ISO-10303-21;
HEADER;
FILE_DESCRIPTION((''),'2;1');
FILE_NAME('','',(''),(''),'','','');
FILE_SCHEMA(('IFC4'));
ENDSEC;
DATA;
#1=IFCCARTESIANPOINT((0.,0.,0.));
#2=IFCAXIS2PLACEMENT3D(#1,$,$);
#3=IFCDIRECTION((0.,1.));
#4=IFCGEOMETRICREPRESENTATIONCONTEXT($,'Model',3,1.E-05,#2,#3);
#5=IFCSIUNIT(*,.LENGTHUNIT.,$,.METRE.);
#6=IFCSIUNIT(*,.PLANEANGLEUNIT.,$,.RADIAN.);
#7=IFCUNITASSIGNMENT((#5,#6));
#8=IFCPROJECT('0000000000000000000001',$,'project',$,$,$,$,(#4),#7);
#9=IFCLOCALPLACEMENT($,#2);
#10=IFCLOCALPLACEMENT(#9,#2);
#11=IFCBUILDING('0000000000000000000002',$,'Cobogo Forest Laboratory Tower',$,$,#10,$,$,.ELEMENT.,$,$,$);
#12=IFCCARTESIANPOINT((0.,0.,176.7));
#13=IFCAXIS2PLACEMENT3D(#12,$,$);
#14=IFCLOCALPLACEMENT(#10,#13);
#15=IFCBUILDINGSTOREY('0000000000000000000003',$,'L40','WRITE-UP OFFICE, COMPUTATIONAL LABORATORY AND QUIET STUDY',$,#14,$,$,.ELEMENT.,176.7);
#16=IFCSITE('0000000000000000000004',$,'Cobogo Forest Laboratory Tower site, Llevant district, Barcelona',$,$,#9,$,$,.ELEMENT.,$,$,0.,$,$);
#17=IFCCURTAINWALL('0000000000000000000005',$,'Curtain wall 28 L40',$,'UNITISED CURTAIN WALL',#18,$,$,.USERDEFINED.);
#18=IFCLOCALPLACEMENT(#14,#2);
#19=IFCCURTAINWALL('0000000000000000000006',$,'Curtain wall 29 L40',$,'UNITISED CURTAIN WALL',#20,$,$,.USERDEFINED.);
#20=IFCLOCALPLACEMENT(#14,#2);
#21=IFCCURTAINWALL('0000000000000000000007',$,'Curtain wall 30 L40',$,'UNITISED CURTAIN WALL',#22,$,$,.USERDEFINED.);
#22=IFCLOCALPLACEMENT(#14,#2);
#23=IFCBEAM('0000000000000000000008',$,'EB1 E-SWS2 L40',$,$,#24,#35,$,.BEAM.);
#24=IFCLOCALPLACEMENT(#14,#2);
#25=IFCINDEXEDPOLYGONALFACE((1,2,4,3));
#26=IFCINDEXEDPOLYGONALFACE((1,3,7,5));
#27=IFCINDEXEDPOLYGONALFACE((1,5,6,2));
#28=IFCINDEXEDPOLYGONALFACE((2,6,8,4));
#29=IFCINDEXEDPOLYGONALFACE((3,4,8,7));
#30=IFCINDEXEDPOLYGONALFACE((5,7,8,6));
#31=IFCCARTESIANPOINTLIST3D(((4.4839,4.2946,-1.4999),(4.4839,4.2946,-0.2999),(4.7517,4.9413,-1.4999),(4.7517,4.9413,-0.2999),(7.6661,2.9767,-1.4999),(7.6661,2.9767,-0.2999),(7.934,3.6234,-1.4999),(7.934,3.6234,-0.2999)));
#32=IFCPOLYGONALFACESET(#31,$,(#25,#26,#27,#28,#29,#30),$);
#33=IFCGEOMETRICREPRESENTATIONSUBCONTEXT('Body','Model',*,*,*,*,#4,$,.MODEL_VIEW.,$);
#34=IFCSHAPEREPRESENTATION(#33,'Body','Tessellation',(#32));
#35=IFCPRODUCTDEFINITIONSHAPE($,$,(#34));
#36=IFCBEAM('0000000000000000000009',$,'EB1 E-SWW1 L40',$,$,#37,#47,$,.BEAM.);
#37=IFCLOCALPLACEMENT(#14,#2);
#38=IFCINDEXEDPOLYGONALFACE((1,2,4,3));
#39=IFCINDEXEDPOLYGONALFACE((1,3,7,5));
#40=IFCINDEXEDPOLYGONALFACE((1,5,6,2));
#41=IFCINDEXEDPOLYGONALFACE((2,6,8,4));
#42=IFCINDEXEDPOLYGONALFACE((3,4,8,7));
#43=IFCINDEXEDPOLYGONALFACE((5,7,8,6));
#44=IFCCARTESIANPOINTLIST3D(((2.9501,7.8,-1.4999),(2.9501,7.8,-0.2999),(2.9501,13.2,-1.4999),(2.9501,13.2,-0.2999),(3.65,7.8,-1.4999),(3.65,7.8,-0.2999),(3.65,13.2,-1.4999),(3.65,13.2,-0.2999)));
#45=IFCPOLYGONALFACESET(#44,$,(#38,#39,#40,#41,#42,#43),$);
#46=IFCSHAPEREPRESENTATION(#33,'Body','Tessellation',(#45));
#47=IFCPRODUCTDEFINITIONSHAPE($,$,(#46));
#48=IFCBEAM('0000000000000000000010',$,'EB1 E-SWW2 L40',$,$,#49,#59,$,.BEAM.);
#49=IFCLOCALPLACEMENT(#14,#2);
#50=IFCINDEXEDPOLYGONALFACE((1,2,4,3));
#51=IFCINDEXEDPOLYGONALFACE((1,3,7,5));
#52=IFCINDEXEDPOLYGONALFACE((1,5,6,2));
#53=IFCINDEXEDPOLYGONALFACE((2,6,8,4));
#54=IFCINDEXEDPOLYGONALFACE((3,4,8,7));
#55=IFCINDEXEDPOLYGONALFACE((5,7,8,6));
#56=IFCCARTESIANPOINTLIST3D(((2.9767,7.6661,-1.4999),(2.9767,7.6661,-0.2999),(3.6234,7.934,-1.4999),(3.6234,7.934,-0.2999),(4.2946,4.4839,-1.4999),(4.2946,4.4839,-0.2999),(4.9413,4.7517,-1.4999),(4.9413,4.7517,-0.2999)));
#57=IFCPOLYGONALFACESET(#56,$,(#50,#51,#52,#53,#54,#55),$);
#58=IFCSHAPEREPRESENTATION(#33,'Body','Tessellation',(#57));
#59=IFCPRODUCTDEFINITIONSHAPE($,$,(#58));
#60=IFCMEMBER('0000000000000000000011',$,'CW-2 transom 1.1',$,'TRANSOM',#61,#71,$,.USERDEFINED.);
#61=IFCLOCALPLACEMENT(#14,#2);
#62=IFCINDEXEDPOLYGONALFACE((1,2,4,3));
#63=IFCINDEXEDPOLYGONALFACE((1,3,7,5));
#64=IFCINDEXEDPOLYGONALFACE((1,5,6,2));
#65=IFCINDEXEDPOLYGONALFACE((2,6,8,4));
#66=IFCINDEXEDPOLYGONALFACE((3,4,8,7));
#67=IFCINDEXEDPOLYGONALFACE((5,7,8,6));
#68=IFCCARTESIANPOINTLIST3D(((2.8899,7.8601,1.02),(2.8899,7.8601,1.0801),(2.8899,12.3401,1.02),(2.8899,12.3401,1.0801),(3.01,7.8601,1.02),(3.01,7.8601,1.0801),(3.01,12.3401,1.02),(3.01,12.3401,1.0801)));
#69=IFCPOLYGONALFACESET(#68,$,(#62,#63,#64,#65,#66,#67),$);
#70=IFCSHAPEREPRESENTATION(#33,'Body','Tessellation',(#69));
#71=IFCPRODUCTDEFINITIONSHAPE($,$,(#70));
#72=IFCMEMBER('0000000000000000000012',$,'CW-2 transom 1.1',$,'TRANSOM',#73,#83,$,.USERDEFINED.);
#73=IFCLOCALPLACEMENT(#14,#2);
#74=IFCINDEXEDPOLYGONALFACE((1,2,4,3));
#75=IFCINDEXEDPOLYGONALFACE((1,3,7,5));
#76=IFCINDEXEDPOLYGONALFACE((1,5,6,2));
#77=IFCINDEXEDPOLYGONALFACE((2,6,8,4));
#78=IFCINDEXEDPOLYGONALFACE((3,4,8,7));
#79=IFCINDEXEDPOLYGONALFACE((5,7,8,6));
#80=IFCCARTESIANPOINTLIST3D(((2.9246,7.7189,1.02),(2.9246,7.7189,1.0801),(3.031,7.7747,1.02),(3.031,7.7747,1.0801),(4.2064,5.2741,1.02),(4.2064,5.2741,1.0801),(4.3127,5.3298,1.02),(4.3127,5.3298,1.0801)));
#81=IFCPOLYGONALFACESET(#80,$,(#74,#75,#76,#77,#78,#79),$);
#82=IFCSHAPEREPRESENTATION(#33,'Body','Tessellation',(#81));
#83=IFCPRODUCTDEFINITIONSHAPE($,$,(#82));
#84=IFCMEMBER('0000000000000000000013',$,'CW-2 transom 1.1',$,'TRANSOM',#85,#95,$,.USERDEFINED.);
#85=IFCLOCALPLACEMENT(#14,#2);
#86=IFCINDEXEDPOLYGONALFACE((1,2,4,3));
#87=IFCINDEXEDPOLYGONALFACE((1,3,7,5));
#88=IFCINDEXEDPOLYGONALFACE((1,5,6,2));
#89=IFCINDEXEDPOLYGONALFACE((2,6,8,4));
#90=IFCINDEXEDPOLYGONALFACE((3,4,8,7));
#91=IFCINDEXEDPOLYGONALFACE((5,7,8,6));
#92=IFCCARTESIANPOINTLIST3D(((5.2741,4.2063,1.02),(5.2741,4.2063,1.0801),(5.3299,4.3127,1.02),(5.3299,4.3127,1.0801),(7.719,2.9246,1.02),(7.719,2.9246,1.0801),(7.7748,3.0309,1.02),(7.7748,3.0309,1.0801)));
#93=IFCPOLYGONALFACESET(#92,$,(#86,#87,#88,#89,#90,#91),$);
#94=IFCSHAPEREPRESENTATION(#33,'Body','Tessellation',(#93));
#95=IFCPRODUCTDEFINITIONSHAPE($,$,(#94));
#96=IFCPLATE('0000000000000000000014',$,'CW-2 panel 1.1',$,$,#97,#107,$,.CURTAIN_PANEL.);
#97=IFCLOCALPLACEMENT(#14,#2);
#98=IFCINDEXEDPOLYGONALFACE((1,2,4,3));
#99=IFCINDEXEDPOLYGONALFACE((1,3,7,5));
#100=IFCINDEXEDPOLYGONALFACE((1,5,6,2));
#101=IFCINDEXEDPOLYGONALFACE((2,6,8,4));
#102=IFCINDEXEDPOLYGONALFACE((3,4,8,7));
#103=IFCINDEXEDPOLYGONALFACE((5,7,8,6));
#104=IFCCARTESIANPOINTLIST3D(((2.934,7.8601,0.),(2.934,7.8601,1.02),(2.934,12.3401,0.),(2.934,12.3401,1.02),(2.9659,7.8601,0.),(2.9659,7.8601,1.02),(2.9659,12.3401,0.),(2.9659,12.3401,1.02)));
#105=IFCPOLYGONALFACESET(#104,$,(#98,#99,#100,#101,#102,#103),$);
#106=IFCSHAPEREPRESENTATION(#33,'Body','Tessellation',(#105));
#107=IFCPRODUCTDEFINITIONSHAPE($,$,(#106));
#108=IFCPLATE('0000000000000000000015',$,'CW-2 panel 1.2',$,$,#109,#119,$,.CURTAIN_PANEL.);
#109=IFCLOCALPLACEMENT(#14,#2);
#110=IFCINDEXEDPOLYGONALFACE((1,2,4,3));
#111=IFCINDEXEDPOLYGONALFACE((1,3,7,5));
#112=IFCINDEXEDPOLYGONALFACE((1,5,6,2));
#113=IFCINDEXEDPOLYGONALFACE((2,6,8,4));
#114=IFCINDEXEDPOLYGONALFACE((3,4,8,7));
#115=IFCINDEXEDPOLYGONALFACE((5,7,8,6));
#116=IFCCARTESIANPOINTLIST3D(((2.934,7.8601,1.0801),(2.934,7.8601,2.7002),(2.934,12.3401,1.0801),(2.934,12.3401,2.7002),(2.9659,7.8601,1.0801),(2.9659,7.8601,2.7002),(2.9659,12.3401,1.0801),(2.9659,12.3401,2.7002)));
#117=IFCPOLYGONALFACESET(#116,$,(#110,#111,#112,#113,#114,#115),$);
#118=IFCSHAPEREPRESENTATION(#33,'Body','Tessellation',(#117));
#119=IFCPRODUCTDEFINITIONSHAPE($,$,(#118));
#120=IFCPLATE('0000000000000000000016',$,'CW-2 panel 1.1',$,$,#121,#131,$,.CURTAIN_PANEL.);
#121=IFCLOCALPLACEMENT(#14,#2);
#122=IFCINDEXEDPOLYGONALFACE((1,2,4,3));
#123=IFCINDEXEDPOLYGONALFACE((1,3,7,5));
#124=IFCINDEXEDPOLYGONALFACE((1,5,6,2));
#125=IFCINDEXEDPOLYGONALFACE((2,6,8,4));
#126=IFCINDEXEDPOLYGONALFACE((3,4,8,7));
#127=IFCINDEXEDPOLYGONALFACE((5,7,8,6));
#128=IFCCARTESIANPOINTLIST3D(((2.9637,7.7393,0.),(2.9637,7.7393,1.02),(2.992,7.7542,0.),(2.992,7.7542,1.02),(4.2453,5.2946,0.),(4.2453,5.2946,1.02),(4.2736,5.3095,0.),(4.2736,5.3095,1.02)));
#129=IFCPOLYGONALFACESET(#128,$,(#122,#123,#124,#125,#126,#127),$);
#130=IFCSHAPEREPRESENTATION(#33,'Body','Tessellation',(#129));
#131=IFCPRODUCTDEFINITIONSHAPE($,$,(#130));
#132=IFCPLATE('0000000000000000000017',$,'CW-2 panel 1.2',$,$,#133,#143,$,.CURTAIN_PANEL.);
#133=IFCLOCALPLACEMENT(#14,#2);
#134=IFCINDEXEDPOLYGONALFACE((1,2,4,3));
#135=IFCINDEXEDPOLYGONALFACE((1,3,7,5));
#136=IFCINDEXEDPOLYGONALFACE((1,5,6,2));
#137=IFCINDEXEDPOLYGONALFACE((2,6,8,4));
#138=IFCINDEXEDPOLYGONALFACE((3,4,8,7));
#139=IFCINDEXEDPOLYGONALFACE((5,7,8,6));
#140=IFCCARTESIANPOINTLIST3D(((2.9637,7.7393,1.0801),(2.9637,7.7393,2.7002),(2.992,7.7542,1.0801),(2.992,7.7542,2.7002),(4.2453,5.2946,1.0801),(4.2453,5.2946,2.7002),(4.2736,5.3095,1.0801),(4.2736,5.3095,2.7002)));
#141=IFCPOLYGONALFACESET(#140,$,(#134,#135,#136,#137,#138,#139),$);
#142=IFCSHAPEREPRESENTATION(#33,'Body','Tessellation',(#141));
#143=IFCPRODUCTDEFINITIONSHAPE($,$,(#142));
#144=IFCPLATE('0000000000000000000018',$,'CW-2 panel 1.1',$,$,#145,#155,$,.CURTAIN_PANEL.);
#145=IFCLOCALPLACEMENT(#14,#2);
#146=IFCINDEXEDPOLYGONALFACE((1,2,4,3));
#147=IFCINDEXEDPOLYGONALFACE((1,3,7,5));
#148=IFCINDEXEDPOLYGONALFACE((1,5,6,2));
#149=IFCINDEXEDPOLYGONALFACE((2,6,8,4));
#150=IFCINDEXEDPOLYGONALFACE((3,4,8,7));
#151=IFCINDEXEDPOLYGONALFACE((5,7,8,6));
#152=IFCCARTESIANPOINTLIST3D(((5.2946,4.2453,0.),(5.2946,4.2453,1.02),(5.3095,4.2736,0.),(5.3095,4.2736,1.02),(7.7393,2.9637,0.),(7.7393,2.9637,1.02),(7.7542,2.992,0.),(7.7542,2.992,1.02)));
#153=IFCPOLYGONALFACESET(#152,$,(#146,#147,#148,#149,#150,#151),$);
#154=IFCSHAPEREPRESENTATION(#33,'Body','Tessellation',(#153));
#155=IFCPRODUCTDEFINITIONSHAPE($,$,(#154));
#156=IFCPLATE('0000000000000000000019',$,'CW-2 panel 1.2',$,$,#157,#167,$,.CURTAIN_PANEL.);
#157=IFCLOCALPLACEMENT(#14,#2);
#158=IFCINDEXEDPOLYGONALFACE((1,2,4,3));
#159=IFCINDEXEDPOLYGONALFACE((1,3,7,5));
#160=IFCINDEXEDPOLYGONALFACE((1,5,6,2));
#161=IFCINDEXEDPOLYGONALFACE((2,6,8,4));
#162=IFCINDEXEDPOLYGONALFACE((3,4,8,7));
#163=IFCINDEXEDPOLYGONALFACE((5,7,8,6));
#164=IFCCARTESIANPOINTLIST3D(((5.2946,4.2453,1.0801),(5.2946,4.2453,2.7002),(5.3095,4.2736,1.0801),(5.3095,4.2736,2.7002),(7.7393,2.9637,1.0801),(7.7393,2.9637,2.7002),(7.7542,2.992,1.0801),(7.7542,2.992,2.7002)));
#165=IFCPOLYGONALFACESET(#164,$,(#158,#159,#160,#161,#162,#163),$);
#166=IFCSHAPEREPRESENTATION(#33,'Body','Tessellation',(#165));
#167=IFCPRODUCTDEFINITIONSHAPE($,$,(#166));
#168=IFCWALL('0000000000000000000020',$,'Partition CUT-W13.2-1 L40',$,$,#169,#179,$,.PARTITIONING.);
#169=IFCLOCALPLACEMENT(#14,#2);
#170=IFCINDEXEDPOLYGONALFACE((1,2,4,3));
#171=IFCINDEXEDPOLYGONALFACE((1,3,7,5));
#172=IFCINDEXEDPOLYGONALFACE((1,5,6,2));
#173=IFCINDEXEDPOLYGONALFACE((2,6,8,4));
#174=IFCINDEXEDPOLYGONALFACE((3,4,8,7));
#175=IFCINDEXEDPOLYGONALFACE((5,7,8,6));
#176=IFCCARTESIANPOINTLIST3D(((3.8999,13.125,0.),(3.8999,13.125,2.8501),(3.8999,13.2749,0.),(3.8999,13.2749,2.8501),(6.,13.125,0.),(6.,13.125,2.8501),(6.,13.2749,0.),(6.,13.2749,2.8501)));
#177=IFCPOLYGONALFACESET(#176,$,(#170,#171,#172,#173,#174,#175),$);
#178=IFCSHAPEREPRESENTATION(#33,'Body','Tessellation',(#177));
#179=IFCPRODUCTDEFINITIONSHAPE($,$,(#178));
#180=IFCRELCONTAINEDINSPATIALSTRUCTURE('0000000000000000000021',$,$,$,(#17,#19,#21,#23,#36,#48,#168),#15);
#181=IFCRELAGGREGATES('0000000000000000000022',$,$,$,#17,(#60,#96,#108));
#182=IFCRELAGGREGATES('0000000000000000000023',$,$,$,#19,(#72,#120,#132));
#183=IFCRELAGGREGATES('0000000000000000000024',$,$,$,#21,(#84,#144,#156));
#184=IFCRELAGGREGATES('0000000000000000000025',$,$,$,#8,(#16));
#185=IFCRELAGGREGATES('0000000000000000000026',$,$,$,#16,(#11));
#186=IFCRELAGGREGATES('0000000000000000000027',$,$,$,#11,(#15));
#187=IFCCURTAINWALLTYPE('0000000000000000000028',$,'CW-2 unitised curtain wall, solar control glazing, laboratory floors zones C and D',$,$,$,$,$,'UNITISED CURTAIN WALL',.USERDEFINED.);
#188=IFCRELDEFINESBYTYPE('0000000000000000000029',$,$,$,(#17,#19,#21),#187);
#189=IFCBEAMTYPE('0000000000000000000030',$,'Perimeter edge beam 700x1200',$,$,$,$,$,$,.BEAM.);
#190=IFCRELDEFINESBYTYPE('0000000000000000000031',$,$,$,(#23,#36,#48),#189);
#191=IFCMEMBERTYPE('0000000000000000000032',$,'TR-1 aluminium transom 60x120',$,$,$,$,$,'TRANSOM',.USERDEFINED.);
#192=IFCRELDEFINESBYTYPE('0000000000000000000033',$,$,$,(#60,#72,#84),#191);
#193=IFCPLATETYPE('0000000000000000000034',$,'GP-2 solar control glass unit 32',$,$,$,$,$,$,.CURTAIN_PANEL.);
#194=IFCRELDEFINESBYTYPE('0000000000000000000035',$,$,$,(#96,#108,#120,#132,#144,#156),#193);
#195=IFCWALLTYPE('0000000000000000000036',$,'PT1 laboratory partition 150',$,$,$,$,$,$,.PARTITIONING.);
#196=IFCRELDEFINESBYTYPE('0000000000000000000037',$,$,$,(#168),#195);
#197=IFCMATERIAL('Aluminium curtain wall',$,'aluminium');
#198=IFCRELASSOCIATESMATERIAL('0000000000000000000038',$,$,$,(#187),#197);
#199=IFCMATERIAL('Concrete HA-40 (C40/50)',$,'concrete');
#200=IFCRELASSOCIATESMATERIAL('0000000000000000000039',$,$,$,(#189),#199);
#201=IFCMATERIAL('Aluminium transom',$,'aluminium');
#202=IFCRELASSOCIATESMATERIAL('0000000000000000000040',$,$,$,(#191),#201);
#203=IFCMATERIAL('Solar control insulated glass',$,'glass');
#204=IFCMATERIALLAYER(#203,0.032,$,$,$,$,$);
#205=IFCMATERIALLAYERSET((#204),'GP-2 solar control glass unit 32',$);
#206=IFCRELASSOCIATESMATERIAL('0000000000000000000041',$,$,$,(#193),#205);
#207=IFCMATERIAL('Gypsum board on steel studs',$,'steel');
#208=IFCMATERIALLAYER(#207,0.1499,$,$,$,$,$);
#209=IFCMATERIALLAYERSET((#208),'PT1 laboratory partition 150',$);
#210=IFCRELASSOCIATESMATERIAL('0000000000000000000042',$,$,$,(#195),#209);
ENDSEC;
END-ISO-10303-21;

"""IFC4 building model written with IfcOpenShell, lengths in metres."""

from ifc_helpers import new_model, si_unit, direction, frame, frame_2d, origin, origin_2d, place, context, subcontext, project, spatial, rectangle, extrude, material, layer, layer_set, material_profile, profile_set, type_object, element, aggregate, save


model = new_model("IFC4")

# Units and contexts
model_context = context("Model", 3, precision=1e-05, world=origin(), true_north=direction((0.0, 1.0)))
body_context = subcontext(model_context, "Body", "Model", "MODEL_VIEW")
ifc_project = project(units=[si_unit("LENGTHUNIT", "METRE"), si_unit("PLANEANGLEUNIT", "RADIAN")], contexts=[model_context])

# Site, building, storey
site_placement = place(None, origin())
site = spatial("IfcSite", under=ifc_project, at=site_placement, Name="Cobogo Forest Laboratory Tower site, Llevant district, Barcelona", CompositionType="ELEMENT", RefElevation=0.0)
building_placement = place(site_placement, origin())
building = spatial("IfcBuilding", under=site, at=building_placement, Name="Cobogo Forest Laboratory Tower", CompositionType="ELEMENT")
storey_placement = place(building_placement, frame((0.0, 0.0, 176.7)))
storey = spatial("IfcBuildingStorey", under=building, at=storey_placement, Name="L40", Description="WRITE-UP OFFICE, COMPUTATIONAL LABORATORY AND QUIET STUDY", CompositionType="ELEMENT", Elevation=176.7)

# Shared definitions
ifc_material_1 = material(Name="Concrete HA-40 (C40/50)", Category="concrete")

# Curtain wall
ifc_material_2 = material(Name="Aluminium curtain wall", Category="aluminium")
curtain_wall_type = type_object("IfcCurtainWallType", Name="CW-2 unitised curtain wall, solar control glazing, laboratory floors zones C and D", ElementType="UNITISED CURTAIN WALL", PredefinedType="USERDEFINED", material=ifc_material_2)
curtain_wall_1_placement = place(storey_placement, origin())
curtain_wall_1 = element("IfcCurtainWall", 1, at=curtain_wall_1_placement, inside=storey, type_object=curtain_wall_type, Name="Curtain wall 28 L40", ObjectType="UNITISED CURTAIN WALL", PredefinedType="USERDEFINED")

# Curtain walls
curtain_wall_2_placement = place(storey_placement, origin())
curtain_wall_2 = element("IfcCurtainWall", 2, at=curtain_wall_2_placement, inside=storey, type_object=curtain_wall_type, Name="Curtain wall 29 L40", ObjectType="UNITISED CURTAIN WALL", PredefinedType="USERDEFINED")
curtain_wall_3_placement = place(storey_placement, origin())
curtain_wall_3 = element("IfcCurtainWall", 3, at=curtain_wall_3_placement, inside=storey, type_object=curtain_wall_type, Name="Curtain wall 30 L40", ObjectType="UNITISED CURTAIN WALL", PredefinedType="USERDEFINED")

# Beams
ifc_material_profile_1 = material_profile(ifc_material_1, rectangle(XDim=0.7, YDim=1.2, at=origin_2d()), Name="RC 700x1200")
ifc_profile_set_1 = profile_set([ifc_material_profile_1], Name="Concrete HA-40 (C40/50)")
beam_type_1 = type_object("IfcBeamType", Name="Perimeter edge beam 700x1200", PredefinedType="BEAM", material=ifc_profile_set_1)
beam_1_placement = place(storey_placement, frame((7.8, 3.3, -0.8999), z_axis=(-0.923901, 0.382631, 0.0), x_axis=(-0.382631, -0.923901, 0.0)))
element("IfcBeam", 4, at=beam_1_placement, inside=storey, type_object=beam_type_1, Name="EB1 E-SWS2 L40", PredefinedType="BEAM", context=body_context, shape_type="SweptSolid", body=[
    extrude(rectangle(XDim=0.7, YDim=1.2, at=origin_2d()), origin(), (0.0, 0.0, 1.0), 3.4443),
])
beam_2_placement = place(storey_placement, frame((3.3, 13.2, -0.8999), z_axis=(0.0, -1.0, 0.0), x_axis=(1.0, 0.0, 0.0)))
element("IfcBeam", 5, at=beam_2_placement, inside=storey, type_object=beam_type_1, Name="EB1 E-SWW1 L40", PredefinedType="BEAM", context=body_context, shape_type="SweptSolid", body=[
    extrude(rectangle(XDim=0.7, YDim=1.2, at=origin_2d()), origin(), (0.0, 0.0, 1.0), 5.3999),
])
beam_3_placement = place(storey_placement, frame((3.3, 7.8, -0.8999), z_axis=(0.382631, -0.923901, 0.0), x_axis=(0.923901, 0.382631, 0.0)))
element("IfcBeam", 6, at=beam_3_placement, inside=storey, type_object=beam_type_1, Name="EB1 E-SWW2 L40", PredefinedType="BEAM", context=body_context, shape_type="SweptSolid", body=[
    extrude(rectangle(XDim=0.7, YDim=1.2, at=origin_2d()), origin(), (0.0, 0.0, 1.0), 3.4443),
])

# Members
ifc_material_3 = material(Name="Aluminium transom", Category="aluminium")
ifc_material_profile_2 = material_profile(ifc_material_3, rectangle(XDim=0.1201, YDim=0.0601, at=origin_2d()), Name="AL 60x120")
ifc_profile_set_2 = profile_set([ifc_material_profile_2], Name="Aluminium transom")
member_type_1 = type_object("IfcMemberType", Name="TR-1 aluminium transom 60x120", ElementType="TRANSOM", PredefinedType="USERDEFINED", material=ifc_profile_set_2)
member_1_placement = place(storey_placement, frame((2.95, 12.3401, 1.05), z_axis=(0.0, -1.0, 0.0), x_axis=(1.0, 0.0, 0.0)))
member_1 = element("IfcMember", 7, at=member_1_placement, type_object=member_type_1, Name="CW-2 transom 1.1", ObjectType="TRANSOM", PredefinedType="USERDEFINED", context=body_context, shape_type="SweptSolid", body=[
    extrude(rectangle(XDim=0.1201, YDim=0.0601, at=origin_2d()), origin(), (0.0, 0.0, 1.0), 4.48),
])
member_2_placement = place(storey_placement, frame((2.9778, 7.7468, 1.05), z_axis=(0.464324, -0.885665, 0.0), x_axis=(0.885665, 0.464324, 0.0)))
member_2 = element("IfcMember", 8, at=member_2_placement, type_object=member_type_1, Name="CW-2 transom 1.1", ObjectType="TRANSOM", PredefinedType="USERDEFINED", context=body_context, shape_type="SweptSolid", body=[
    extrude(rectangle(XDim=0.1201, YDim=0.0601, at=origin_2d()), origin(), (0.0, 0.0, 1.0), 2.7605),
])
member_3_placement = place(storey_placement, frame((5.302, 4.2595, 1.05), z_axis=(0.885665, -0.464324, 0.0), x_axis=(0.464324, 0.885665, 0.0)))
member_3 = element("IfcMember", 9, at=member_3_placement, type_object=member_type_1, Name="CW-2 transom 1.1", ObjectType="TRANSOM", PredefinedType="USERDEFINED", context=body_context, shape_type="SweptSolid", body=[
    extrude(rectangle(XDim=0.1201, YDim=0.0601, at=origin_2d()), origin(), (0.0, 0.0, 1.0), 2.7605),
])

# Plates
ifc_material_4 = material(Name="Solar control insulated glass", Category="glass")
ifc_layer_1 = layer(ifc_material_4, 0.032)
ifc_layer_set_1 = layer_set([ifc_layer_1], Name="GP-2 solar control glass unit 32")
plate_type = type_object("IfcPlateType", Name="GP-2 solar control glass unit 32", PredefinedType="CURTAIN_PANEL", material=ifc_layer_set_1)
plate_1_placement = place(storey_placement, frame((2.95, 10.1001, 0.0), z_axis=(0.0, 0.0, 1.0), x_axis=(0.0, -1.0, 0.0)))
plate_1 = element("IfcPlate", 10, at=plate_1_placement, type_object=plate_type, Name="CW-2 panel 1.1", PredefinedType="CURTAIN_PANEL", context=body_context, shape_type="SweptSolid", body=[
    extrude(rectangle(XDim=4.48, YDim=0.032, at=origin_2d()), origin(), (0.0, 0.0, 1.0), 1.02),
])
plate_2_placement = place(storey_placement, frame((2.95, 10.1001, 1.0801), z_axis=(0.0, 0.0, 1.0), x_axis=(0.0, -1.0, 0.0)))
plate_2 = element("IfcPlate", 11, at=plate_2_placement, type_object=plate_type, Name="CW-2 panel 1.2", PredefinedType="CURTAIN_PANEL", context=body_context, shape_type="SweptSolid", body=[
    extrude(rectangle(XDim=4.48, YDim=0.032, at=origin_2d()), origin(), (0.0, 0.0, 1.0), 1.6201),
])
aggregate(curtain_wall_1, [member_1, plate_1, plate_2])
plate_3_placement = place(storey_placement, frame((3.6187, 6.5244, 0.0), z_axis=(0.0, 0.0, 1.0), x_axis=(0.464284, -0.885686, 0.0)))
plate_3 = element("IfcPlate", 12, at=plate_3_placement, type_object=plate_type, Name="CW-2 panel 1.1", PredefinedType="CURTAIN_PANEL", context=body_context, shape_type="SweptSolid", body=[
    extrude(rectangle(XDim=2.7603, YDim=0.032, at=origin_2d()), origin(), (0.0, 0.0, 1.0), 1.02),
])
plate_4_placement = place(storey_placement, frame((3.6187, 6.5244, 1.0801), z_axis=(0.0, 0.0, 1.0), x_axis=(0.464284, -0.885686, 0.0)))
plate_4 = element("IfcPlate", 13, at=plate_4_placement, type_object=plate_type, Name="CW-2 panel 1.2", PredefinedType="CURTAIN_PANEL", context=body_context, shape_type="SweptSolid", body=[
    extrude(rectangle(XDim=2.7603, YDim=0.032, at=origin_2d()), origin(), (0.0, 0.0, 1.0), 1.6201),
])
aggregate(curtain_wall_2, [member_2, plate_3, plate_4])
plate_5_placement = place(storey_placement, frame((6.5244, 3.6187, 0.0), z_axis=(0.0, 0.0, 1.0), x_axis=(0.885686, -0.464284, 0.0)))
plate_5 = element("IfcPlate", 14, at=plate_5_placement, type_object=plate_type, Name="CW-2 panel 1.1", PredefinedType="CURTAIN_PANEL", context=body_context, shape_type="SweptSolid", body=[
    extrude(rectangle(XDim=2.7603, YDim=0.032, at=origin_2d()), origin(), (0.0, 0.0, 1.0), 1.02),
])
plate_6_placement = place(storey_placement, frame((6.5244, 3.6187, 1.0801), z_axis=(0.0, 0.0, 1.0), x_axis=(0.885686, -0.464284, 0.0)))
plate_6 = element("IfcPlate", 15, at=plate_6_placement, type_object=plate_type, Name="CW-2 panel 1.2", PredefinedType="CURTAIN_PANEL", context=body_context, shape_type="SweptSolid", body=[
    extrude(rectangle(XDim=2.7603, YDim=0.032, at=origin_2d()), origin(), (0.0, 0.0, 1.0), 1.6201),
])
aggregate(curtain_wall_3, [member_3, plate_5, plate_6])

# Wall
ifc_material_5 = material(Name="Gypsum board on steel studs", Category="steel")
ifc_layer_2 = layer(ifc_material_5, 0.1499)
ifc_layer_set_2 = layer_set([ifc_layer_2], Name="PT1 laboratory partition 150")
wall_type = type_object("IfcWallType", Name="PT1 laboratory partition 150", PredefinedType="PARTITIONING", material=ifc_layer_set_2)
wall_placement = place(storey_placement, frame((3.8999, 13.2, 0.0), z_axis=(0.0, 0.0, 1.0), x_axis=(1.0, 0.0, 0.0)))
element("IfcWall", 16, at=wall_placement, inside=storey, type_object=wall_type, Name="Partition CUT-W13.2-1 L40", PredefinedType="PARTITIONING", context=body_context, shape_type="SweptSolid", body=[
    extrude(rectangle(XDim=2.1001, YDim=0.1499, at=frame_2d((1.05, 0.0))), origin(), (0.0, 0.0, 1.0), 2.8501),
])

save(model, "model.ifc")
